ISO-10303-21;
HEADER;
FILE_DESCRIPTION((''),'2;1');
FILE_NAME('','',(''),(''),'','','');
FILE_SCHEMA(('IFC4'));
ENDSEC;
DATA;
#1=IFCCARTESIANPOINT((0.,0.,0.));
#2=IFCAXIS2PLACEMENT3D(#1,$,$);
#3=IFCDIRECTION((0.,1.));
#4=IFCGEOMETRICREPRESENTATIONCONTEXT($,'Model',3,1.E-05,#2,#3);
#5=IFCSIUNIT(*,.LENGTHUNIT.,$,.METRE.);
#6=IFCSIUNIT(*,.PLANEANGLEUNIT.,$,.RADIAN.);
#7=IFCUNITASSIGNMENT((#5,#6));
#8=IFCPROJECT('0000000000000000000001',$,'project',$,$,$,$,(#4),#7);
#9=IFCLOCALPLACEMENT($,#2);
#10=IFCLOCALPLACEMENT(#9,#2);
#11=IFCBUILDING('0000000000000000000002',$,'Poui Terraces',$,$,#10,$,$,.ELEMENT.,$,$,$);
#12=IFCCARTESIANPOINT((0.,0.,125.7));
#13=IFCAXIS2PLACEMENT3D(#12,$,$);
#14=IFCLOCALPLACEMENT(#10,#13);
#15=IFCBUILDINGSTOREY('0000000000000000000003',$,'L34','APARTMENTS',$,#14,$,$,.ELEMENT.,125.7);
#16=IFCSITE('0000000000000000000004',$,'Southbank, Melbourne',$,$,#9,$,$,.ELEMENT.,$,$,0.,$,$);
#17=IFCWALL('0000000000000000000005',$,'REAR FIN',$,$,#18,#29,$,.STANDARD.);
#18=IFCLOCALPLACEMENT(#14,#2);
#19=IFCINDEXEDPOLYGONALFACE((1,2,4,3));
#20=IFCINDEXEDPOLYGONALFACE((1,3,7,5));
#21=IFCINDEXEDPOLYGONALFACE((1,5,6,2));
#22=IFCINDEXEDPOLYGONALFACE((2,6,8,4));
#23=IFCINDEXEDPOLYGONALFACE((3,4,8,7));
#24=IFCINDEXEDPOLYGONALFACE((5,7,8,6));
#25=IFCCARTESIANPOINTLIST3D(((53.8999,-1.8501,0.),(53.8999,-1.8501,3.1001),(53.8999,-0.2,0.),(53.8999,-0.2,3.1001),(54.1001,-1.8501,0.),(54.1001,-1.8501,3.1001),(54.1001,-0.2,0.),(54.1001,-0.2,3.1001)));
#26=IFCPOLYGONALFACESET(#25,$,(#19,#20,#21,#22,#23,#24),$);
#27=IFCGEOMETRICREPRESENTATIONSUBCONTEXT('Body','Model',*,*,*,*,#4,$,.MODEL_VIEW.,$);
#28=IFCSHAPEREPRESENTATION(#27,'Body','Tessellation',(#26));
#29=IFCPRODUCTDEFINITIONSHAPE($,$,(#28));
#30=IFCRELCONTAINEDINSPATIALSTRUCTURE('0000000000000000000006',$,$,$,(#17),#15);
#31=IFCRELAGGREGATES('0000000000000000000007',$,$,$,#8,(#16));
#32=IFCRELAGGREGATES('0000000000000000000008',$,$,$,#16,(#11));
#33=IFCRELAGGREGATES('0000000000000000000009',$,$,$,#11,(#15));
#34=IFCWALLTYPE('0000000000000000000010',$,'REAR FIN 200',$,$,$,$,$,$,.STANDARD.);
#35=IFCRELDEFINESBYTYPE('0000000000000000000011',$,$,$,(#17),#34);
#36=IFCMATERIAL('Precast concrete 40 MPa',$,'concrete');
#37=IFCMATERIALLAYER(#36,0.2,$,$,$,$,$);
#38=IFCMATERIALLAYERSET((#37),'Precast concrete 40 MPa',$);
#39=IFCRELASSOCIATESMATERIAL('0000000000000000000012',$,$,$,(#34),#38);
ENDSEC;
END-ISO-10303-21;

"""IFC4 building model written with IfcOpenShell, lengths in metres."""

from ifc_helpers import new_model, si_unit, direction, frame, origin, place, context, subcontext, project, spatial, polyline, outline, extrude, source, transform, mapped, material, layer, layer_set, type_object, element, save


model = new_model("IFC4")

# Units and contexts
model_context = context("Model", 3, precision=1e-05, world=origin(), true_north=direction((0.0, 1.0)))
body_context = subcontext(model_context, "Body", "Model", "MODEL_VIEW")
ifc_project = project(units=[si_unit("LENGTHUNIT", "METRE"), si_unit("PLANEANGLEUNIT", "RADIAN")], contexts=[model_context])

# Site, building, storey
site_placement = place(None, origin())
site = spatial("IfcSite", under=ifc_project, at=site_placement, Name="Southbank, Melbourne", CompositionType="ELEMENT", RefElevation=0.0)
building_placement = place(site_placement, origin())
building = spatial("IfcBuilding", under=site, at=building_placement, Name="Poui Terraces", CompositionType="ELEMENT")
storey_placement = place(building_placement, frame((0.0, 0.0, 125.7)))
storey = spatial("IfcBuildingStorey", under=building, at=storey_placement, Name="L34", Description="APARTMENTS", CompositionType="ELEMENT", Elevation=125.7)

# Shared definitions
ifc_material_1 = material(Name="Precast concrete 40 MPa", Category="concrete")

# Wall
ifc_layer_1 = layer(ifc_material_1, 0.2)
ifc_layer_set_1 = layer_set([ifc_layer_1], Name="Precast concrete 40 MPa")
wall_type_1 = type_object("IfcWallType", Name="REAR FIN 200", PredefinedType="STANDARD", material=ifc_layer_set_1)
shared_shape_1 = source(origin(), body_context, "Body", "SweptSolid", [
    extrude(outline(polyline([(0.0, 0.0), (0.2002, 0.0), (0.2002, 1.6501), (0.0, 1.6501), (0.0, 0.0)])), origin(), (0.0, 0.0, 1.0), 3.1001),
])
wall_1_placement = place(storey_placement, frame((53.8999, -1.8501, 0.0)))
element("IfcWall", 1, at=wall_1_placement, inside=storey, type_object=wall_type_1, Name="REAR FIN", PredefinedType="STANDARD", context=body_context, shape_type="MappedRepresentation", body=[
    mapped(shared_shape_1, transform((0.0, 0.0, 0.0))),
])

save(model, "model.ifc")
